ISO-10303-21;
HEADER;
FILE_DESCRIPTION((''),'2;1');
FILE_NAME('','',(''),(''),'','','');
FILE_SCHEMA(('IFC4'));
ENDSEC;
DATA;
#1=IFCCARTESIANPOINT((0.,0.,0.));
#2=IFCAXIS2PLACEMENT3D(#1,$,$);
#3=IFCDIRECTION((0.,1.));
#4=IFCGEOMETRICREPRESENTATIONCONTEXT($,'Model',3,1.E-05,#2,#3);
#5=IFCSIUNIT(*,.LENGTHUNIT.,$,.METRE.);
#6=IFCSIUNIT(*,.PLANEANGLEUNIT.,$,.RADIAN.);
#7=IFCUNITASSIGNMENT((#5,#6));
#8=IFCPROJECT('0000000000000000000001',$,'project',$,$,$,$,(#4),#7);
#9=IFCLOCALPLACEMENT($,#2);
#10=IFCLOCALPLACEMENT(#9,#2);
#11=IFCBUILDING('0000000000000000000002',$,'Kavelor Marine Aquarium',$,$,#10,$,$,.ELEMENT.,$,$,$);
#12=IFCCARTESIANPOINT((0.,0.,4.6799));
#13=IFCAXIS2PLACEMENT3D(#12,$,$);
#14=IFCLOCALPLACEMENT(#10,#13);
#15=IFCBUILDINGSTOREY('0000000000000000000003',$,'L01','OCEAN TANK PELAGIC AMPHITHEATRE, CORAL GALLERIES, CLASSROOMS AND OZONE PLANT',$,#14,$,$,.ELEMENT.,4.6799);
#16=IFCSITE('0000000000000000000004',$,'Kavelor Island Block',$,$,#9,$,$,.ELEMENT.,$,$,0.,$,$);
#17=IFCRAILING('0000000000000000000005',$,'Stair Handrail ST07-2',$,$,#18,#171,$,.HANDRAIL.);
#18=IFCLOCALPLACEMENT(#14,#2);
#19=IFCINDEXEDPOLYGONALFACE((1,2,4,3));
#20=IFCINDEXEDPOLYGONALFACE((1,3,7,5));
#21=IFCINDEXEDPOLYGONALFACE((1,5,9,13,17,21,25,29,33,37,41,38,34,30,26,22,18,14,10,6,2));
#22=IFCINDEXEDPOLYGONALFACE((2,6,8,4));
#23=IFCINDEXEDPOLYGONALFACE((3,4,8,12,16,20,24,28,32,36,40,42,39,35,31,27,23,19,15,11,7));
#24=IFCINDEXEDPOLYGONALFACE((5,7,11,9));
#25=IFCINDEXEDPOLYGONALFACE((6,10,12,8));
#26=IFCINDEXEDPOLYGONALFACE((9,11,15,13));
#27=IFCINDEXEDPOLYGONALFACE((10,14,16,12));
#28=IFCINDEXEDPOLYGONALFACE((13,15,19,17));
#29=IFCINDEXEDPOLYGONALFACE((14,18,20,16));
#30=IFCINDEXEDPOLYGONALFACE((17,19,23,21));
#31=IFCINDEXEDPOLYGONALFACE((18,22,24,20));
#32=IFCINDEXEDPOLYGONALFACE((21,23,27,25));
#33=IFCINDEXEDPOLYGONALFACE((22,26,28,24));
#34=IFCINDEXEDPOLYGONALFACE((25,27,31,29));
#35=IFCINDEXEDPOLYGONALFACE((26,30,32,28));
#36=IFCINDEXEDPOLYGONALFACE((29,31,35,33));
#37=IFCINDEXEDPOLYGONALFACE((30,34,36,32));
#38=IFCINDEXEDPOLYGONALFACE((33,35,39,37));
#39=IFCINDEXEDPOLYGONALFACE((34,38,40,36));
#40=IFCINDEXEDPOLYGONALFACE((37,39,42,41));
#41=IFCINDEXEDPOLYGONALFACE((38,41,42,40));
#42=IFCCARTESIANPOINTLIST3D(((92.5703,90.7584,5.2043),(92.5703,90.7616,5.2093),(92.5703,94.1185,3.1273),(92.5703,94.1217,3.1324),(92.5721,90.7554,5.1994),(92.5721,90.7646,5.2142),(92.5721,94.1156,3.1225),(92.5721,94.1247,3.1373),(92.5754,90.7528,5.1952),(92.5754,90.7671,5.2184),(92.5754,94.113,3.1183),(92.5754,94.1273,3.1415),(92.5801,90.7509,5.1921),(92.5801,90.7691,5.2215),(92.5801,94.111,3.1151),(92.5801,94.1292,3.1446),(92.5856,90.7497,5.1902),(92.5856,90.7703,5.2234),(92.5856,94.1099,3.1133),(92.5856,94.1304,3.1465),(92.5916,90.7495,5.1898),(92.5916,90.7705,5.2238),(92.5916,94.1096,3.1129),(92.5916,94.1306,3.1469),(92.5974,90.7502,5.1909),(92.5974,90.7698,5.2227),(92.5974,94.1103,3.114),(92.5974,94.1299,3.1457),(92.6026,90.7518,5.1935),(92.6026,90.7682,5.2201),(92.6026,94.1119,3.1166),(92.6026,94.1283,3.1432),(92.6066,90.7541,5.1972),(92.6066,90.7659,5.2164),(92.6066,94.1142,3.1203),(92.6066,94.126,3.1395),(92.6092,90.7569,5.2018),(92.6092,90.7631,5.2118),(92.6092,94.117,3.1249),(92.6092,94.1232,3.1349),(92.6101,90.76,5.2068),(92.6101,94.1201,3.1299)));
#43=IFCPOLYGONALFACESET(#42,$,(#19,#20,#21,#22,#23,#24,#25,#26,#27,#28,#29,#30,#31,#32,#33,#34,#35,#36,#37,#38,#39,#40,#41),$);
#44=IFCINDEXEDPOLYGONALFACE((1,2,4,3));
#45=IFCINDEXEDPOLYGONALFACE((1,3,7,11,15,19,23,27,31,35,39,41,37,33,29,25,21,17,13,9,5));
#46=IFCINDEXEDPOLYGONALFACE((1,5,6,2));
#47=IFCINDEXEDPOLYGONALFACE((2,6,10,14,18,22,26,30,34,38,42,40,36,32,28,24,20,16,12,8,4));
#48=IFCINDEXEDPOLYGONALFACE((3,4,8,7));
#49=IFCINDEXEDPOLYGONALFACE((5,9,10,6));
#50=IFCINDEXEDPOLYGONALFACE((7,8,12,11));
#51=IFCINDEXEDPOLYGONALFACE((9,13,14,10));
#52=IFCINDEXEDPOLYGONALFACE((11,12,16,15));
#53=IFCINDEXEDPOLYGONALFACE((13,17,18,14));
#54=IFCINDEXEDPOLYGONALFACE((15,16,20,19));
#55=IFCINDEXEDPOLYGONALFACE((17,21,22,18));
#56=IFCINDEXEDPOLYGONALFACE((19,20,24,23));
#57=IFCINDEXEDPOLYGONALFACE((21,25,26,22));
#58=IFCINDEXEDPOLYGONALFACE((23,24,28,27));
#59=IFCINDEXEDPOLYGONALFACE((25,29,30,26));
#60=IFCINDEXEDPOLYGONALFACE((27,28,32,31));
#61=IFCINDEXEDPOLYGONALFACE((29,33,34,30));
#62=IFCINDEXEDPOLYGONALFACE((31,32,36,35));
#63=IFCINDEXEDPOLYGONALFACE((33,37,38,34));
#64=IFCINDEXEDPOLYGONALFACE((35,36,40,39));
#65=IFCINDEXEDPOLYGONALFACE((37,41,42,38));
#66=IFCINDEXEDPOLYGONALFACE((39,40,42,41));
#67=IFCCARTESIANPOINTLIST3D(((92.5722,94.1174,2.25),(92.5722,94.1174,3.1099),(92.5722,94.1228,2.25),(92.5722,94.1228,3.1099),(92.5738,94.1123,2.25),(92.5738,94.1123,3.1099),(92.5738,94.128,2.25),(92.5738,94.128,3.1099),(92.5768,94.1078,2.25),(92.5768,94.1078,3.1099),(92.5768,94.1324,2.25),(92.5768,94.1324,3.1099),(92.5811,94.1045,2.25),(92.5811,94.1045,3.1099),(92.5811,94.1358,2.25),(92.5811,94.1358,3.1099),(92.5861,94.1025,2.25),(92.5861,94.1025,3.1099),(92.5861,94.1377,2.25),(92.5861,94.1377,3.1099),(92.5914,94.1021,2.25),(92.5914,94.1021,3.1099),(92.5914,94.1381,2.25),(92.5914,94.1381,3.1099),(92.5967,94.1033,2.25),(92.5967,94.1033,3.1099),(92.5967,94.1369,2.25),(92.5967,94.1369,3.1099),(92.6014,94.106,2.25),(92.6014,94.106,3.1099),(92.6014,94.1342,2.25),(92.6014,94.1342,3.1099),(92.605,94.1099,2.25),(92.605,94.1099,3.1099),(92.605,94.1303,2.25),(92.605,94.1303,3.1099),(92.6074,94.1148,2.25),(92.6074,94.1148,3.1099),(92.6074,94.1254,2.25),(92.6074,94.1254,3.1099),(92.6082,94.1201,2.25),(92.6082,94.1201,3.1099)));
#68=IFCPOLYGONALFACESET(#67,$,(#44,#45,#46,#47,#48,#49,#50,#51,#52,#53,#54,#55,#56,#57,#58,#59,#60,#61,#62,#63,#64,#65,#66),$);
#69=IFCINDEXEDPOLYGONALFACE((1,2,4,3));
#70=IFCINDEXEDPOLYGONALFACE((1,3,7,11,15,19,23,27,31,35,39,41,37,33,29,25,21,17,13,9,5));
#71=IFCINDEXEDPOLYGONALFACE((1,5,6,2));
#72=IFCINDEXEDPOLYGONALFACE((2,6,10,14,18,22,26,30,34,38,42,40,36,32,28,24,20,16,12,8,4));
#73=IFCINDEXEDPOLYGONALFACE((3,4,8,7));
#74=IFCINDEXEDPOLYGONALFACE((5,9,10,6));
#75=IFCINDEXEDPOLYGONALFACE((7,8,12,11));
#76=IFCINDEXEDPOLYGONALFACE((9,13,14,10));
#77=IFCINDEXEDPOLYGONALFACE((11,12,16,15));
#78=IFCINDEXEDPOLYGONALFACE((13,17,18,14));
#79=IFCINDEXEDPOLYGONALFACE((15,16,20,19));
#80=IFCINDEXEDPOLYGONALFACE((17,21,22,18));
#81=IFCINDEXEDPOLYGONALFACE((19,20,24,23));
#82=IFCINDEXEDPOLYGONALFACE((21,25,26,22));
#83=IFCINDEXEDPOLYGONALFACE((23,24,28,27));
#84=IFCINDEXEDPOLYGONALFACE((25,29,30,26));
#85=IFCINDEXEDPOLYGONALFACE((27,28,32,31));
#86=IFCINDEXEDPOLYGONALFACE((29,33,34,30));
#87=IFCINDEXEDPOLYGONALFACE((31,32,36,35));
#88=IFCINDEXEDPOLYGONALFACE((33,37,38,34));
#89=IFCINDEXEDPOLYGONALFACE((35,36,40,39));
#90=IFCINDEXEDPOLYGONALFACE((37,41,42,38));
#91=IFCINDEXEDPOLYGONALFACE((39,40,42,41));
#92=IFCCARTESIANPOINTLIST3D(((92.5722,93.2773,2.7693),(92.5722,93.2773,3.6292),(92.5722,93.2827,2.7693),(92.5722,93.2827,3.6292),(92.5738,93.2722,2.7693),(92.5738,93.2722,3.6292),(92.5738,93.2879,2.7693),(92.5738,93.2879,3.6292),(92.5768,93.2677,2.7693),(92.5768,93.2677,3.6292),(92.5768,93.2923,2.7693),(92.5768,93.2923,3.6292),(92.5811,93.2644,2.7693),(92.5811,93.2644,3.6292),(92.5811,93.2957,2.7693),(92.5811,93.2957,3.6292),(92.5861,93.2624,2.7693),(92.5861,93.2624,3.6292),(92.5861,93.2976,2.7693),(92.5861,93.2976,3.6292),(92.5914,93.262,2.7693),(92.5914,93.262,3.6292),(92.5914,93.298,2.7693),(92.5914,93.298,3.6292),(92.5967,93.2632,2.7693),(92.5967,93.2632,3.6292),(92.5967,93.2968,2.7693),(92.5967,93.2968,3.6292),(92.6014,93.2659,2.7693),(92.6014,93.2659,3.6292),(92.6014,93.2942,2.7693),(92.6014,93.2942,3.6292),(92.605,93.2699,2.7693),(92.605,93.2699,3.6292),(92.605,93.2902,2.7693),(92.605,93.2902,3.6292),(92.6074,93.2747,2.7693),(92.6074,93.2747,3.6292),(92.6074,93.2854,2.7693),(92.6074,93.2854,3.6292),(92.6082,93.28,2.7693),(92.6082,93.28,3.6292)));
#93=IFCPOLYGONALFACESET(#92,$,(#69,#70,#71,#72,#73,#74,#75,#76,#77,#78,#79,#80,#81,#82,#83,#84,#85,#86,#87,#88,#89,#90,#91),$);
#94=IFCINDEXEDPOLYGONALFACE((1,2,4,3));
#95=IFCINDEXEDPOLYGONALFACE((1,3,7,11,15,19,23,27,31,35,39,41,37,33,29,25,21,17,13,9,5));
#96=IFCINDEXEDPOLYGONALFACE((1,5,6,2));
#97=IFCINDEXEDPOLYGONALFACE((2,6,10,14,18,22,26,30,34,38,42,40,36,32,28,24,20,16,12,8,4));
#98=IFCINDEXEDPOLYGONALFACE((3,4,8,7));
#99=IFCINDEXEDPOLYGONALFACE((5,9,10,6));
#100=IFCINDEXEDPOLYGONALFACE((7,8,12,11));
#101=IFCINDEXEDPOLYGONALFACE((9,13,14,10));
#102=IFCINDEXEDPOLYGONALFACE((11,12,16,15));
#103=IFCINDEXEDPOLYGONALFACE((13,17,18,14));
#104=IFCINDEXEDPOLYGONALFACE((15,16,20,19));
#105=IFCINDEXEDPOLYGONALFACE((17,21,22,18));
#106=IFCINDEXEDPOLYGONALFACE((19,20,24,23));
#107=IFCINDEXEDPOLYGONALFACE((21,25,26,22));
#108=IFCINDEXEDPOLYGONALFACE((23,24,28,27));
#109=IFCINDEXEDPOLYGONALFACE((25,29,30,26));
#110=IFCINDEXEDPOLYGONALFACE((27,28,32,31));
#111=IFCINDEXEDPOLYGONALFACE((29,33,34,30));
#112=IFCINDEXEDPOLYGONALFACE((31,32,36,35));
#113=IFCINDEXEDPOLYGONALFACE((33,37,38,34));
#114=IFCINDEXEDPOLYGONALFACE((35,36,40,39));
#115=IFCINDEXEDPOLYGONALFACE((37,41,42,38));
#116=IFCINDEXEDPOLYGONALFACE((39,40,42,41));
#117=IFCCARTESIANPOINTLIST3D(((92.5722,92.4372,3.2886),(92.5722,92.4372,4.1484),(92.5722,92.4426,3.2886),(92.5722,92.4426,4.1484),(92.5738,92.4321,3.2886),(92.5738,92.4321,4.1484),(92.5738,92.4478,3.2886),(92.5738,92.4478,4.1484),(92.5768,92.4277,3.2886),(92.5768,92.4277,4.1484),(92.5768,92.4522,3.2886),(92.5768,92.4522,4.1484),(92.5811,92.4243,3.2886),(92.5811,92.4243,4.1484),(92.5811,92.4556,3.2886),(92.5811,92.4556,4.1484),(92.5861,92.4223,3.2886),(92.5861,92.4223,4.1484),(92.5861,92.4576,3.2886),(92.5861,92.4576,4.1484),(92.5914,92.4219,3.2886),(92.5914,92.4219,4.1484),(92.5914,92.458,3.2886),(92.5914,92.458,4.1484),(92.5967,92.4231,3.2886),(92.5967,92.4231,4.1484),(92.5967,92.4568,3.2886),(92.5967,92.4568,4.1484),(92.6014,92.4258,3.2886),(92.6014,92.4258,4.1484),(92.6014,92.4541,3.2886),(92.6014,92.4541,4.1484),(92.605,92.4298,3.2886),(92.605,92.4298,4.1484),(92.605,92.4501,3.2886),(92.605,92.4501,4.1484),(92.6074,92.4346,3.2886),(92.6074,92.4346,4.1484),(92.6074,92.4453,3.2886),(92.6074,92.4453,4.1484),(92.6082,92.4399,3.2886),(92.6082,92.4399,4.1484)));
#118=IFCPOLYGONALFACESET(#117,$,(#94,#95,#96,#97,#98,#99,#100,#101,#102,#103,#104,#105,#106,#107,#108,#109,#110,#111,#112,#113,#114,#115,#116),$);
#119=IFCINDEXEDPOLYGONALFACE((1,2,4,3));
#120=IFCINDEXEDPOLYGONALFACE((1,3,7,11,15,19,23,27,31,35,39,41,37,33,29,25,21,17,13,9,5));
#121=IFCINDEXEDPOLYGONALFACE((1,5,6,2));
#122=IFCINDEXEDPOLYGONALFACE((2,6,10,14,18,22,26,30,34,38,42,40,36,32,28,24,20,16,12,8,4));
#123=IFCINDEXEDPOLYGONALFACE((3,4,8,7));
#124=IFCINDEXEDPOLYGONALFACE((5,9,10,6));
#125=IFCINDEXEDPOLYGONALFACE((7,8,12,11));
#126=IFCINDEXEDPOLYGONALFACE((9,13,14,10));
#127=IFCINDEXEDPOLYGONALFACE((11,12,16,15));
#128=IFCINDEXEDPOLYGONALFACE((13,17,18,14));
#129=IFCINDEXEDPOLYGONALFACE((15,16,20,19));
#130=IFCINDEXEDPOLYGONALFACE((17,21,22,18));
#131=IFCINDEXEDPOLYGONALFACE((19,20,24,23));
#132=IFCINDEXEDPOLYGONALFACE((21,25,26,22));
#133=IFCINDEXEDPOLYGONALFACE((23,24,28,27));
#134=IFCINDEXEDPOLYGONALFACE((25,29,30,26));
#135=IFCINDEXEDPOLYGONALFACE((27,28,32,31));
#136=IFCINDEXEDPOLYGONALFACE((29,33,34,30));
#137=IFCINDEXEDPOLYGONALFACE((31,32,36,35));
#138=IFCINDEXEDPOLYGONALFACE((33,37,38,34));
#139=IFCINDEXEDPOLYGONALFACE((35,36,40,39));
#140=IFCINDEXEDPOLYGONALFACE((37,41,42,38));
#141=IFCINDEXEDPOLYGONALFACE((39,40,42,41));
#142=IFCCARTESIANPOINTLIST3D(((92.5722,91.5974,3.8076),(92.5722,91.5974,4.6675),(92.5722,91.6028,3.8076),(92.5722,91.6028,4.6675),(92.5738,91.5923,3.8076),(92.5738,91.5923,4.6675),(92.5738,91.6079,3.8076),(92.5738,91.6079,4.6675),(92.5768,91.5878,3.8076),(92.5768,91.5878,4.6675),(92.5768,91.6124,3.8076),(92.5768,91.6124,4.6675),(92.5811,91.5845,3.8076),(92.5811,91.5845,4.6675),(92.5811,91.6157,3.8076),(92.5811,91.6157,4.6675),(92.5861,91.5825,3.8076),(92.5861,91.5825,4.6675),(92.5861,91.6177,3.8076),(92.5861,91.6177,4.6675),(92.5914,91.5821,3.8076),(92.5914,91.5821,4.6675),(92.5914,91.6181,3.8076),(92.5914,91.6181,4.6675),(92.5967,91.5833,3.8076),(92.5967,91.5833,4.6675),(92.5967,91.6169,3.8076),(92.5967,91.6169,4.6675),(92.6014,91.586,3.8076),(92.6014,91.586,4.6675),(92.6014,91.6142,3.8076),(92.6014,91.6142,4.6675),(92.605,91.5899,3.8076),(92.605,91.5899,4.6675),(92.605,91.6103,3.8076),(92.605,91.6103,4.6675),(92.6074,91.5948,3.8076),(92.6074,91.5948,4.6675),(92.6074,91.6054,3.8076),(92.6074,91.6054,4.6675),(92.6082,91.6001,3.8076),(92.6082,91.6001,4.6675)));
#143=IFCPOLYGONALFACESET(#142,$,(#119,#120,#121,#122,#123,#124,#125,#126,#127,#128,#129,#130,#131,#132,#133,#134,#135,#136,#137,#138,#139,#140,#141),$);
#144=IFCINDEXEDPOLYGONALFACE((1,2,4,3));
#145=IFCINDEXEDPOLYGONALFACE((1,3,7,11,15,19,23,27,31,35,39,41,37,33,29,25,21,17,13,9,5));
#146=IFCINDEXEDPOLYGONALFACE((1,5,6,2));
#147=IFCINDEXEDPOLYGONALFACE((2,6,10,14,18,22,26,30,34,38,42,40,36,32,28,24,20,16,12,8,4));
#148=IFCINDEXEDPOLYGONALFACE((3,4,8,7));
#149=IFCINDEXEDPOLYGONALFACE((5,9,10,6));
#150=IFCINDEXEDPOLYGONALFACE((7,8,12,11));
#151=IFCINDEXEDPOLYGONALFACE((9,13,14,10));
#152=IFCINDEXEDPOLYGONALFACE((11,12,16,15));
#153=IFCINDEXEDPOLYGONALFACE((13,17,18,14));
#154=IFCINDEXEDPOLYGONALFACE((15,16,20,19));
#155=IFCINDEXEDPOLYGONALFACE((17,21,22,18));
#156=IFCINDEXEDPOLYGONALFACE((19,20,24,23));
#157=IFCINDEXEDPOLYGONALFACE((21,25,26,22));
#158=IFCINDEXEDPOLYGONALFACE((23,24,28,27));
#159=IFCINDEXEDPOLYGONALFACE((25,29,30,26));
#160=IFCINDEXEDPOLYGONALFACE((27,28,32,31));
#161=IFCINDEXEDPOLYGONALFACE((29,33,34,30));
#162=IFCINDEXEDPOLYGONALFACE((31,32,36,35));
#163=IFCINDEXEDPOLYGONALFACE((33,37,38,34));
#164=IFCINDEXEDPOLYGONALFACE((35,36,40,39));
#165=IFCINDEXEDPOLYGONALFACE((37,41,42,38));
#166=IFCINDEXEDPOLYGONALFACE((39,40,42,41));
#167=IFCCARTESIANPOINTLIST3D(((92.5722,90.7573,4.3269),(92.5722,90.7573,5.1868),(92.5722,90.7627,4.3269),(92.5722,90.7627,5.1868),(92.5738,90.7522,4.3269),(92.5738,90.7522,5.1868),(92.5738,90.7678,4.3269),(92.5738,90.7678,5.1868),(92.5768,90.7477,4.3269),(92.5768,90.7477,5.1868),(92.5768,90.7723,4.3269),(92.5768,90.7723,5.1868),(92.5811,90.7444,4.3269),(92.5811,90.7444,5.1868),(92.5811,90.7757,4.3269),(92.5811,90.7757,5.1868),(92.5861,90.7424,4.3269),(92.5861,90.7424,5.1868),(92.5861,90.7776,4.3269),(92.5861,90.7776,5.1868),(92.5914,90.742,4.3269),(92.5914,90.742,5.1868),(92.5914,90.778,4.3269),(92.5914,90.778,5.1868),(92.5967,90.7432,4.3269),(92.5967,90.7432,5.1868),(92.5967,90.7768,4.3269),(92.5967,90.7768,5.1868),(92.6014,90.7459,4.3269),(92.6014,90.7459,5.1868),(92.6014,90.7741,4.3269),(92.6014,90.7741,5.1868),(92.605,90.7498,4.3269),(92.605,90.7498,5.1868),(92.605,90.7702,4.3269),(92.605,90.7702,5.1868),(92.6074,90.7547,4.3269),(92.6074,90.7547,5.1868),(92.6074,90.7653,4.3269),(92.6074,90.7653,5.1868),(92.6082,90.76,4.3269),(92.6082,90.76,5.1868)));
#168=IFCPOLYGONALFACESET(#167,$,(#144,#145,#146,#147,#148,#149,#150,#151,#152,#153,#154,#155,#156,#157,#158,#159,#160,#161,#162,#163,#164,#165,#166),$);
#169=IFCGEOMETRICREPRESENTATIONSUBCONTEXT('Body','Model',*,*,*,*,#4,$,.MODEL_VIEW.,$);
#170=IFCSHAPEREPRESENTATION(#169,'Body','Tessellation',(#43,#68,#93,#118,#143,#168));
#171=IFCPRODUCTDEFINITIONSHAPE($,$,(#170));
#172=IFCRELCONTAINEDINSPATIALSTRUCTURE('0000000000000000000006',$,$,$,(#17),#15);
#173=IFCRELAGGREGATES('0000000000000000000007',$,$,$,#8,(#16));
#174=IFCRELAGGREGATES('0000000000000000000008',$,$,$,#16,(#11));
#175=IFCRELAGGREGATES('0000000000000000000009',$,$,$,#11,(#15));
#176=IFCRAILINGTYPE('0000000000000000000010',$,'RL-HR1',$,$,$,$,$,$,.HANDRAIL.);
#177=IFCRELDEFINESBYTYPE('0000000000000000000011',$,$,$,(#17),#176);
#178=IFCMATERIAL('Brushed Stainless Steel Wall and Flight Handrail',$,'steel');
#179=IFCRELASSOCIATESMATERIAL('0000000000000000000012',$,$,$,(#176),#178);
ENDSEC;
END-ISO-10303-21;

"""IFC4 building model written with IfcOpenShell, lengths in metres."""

from ifc_helpers import new_model, si_unit, direction, frame, origin, origin_2d, place, context, subcontext, project, spatial, circle, extrude, material, type_object, element, save


model = new_model("IFC4")

# Units and contexts
model_context = context("Model", 3, precision=1e-05, world=origin(), true_north=direction((0.0, 1.0)))
body_context = subcontext(model_context, "Body", "Model", "MODEL_VIEW")
ifc_project = project(units=[si_unit("LENGTHUNIT", "METRE"), si_unit("PLANEANGLEUNIT", "RADIAN")], contexts=[model_context])

# Site, building, storey
site_placement = place(None, origin())
site = spatial("IfcSite", under=ifc_project, at=site_placement, Name="Kavelor Island Block", CompositionType="ELEMENT", RefElevation=0.0)
building_placement = place(site_placement, origin())
building = spatial("IfcBuilding", under=site, at=building_placement, Name="Kavelor Marine Aquarium", CompositionType="ELEMENT")
storey_placement = place(building_placement, frame((0.0, 0.0, 4.6799)))
storey = spatial("IfcBuildingStorey", under=building, at=storey_placement, Name="L01", Description="OCEAN TANK PELAGIC AMPHITHEATRE, CORAL GALLERIES, CLASSROOMS AND OZONE PLANT", CompositionType="ELEMENT", Elevation=4.6799)

# Railing
ifc_material_1 = material(Name="Brushed Stainless Steel Wall and Flight Handrail", Category="steel")
railing_type_1 = type_object("IfcRailingType", Name="RL-HR1", PredefinedType="HANDRAIL", material=ifc_material_1)
railing_1_placement = place(storey_placement, frame((92.5901, 94.1201, 2.25)))
element("IfcRailing", 1, at=railing_1_placement, inside=storey, type_object=railing_type_1, Name="Stair Handrail ST07-2", PredefinedType="HANDRAIL", context=body_context, shape_type="SweptSolid", body=[
    extrude(circle(Radius=0.02, at=origin_2d()), frame((0.0, 0.0, 0.8799), z_axis=(0.0, -0.850623, 0.525776), x_axis=(1.0, 0.0, 0.0)), (0.0, 0.0, 1.0), 3.9502),
    extrude(circle(Radius=0.0181, at=origin_2d()), origin(), (0.0, 0.0, 1.0), 0.8599),
    extrude(circle(Radius=0.0181, at=origin_2d()), frame((0.0, -0.8401, 0.5193)), (0.0, 0.0, 1.0), 0.8599),
    extrude(circle(Radius=0.0181, at=origin_2d()), frame((0.0, -1.6802, 1.0386)), (0.0, 0.0, 1.0), 0.8599),
    extrude(circle(Radius=0.0181, at=origin_2d()), frame((0.0, -2.52, 1.5576)), (0.0, 0.0, 1.0), 0.8599),
    extrude(circle(Radius=0.0181, at=origin_2d()), frame((0.0, -3.3601, 2.0769)), (0.0, 0.0, 1.0), 0.8599),
])

save(model, "model.ifc")
